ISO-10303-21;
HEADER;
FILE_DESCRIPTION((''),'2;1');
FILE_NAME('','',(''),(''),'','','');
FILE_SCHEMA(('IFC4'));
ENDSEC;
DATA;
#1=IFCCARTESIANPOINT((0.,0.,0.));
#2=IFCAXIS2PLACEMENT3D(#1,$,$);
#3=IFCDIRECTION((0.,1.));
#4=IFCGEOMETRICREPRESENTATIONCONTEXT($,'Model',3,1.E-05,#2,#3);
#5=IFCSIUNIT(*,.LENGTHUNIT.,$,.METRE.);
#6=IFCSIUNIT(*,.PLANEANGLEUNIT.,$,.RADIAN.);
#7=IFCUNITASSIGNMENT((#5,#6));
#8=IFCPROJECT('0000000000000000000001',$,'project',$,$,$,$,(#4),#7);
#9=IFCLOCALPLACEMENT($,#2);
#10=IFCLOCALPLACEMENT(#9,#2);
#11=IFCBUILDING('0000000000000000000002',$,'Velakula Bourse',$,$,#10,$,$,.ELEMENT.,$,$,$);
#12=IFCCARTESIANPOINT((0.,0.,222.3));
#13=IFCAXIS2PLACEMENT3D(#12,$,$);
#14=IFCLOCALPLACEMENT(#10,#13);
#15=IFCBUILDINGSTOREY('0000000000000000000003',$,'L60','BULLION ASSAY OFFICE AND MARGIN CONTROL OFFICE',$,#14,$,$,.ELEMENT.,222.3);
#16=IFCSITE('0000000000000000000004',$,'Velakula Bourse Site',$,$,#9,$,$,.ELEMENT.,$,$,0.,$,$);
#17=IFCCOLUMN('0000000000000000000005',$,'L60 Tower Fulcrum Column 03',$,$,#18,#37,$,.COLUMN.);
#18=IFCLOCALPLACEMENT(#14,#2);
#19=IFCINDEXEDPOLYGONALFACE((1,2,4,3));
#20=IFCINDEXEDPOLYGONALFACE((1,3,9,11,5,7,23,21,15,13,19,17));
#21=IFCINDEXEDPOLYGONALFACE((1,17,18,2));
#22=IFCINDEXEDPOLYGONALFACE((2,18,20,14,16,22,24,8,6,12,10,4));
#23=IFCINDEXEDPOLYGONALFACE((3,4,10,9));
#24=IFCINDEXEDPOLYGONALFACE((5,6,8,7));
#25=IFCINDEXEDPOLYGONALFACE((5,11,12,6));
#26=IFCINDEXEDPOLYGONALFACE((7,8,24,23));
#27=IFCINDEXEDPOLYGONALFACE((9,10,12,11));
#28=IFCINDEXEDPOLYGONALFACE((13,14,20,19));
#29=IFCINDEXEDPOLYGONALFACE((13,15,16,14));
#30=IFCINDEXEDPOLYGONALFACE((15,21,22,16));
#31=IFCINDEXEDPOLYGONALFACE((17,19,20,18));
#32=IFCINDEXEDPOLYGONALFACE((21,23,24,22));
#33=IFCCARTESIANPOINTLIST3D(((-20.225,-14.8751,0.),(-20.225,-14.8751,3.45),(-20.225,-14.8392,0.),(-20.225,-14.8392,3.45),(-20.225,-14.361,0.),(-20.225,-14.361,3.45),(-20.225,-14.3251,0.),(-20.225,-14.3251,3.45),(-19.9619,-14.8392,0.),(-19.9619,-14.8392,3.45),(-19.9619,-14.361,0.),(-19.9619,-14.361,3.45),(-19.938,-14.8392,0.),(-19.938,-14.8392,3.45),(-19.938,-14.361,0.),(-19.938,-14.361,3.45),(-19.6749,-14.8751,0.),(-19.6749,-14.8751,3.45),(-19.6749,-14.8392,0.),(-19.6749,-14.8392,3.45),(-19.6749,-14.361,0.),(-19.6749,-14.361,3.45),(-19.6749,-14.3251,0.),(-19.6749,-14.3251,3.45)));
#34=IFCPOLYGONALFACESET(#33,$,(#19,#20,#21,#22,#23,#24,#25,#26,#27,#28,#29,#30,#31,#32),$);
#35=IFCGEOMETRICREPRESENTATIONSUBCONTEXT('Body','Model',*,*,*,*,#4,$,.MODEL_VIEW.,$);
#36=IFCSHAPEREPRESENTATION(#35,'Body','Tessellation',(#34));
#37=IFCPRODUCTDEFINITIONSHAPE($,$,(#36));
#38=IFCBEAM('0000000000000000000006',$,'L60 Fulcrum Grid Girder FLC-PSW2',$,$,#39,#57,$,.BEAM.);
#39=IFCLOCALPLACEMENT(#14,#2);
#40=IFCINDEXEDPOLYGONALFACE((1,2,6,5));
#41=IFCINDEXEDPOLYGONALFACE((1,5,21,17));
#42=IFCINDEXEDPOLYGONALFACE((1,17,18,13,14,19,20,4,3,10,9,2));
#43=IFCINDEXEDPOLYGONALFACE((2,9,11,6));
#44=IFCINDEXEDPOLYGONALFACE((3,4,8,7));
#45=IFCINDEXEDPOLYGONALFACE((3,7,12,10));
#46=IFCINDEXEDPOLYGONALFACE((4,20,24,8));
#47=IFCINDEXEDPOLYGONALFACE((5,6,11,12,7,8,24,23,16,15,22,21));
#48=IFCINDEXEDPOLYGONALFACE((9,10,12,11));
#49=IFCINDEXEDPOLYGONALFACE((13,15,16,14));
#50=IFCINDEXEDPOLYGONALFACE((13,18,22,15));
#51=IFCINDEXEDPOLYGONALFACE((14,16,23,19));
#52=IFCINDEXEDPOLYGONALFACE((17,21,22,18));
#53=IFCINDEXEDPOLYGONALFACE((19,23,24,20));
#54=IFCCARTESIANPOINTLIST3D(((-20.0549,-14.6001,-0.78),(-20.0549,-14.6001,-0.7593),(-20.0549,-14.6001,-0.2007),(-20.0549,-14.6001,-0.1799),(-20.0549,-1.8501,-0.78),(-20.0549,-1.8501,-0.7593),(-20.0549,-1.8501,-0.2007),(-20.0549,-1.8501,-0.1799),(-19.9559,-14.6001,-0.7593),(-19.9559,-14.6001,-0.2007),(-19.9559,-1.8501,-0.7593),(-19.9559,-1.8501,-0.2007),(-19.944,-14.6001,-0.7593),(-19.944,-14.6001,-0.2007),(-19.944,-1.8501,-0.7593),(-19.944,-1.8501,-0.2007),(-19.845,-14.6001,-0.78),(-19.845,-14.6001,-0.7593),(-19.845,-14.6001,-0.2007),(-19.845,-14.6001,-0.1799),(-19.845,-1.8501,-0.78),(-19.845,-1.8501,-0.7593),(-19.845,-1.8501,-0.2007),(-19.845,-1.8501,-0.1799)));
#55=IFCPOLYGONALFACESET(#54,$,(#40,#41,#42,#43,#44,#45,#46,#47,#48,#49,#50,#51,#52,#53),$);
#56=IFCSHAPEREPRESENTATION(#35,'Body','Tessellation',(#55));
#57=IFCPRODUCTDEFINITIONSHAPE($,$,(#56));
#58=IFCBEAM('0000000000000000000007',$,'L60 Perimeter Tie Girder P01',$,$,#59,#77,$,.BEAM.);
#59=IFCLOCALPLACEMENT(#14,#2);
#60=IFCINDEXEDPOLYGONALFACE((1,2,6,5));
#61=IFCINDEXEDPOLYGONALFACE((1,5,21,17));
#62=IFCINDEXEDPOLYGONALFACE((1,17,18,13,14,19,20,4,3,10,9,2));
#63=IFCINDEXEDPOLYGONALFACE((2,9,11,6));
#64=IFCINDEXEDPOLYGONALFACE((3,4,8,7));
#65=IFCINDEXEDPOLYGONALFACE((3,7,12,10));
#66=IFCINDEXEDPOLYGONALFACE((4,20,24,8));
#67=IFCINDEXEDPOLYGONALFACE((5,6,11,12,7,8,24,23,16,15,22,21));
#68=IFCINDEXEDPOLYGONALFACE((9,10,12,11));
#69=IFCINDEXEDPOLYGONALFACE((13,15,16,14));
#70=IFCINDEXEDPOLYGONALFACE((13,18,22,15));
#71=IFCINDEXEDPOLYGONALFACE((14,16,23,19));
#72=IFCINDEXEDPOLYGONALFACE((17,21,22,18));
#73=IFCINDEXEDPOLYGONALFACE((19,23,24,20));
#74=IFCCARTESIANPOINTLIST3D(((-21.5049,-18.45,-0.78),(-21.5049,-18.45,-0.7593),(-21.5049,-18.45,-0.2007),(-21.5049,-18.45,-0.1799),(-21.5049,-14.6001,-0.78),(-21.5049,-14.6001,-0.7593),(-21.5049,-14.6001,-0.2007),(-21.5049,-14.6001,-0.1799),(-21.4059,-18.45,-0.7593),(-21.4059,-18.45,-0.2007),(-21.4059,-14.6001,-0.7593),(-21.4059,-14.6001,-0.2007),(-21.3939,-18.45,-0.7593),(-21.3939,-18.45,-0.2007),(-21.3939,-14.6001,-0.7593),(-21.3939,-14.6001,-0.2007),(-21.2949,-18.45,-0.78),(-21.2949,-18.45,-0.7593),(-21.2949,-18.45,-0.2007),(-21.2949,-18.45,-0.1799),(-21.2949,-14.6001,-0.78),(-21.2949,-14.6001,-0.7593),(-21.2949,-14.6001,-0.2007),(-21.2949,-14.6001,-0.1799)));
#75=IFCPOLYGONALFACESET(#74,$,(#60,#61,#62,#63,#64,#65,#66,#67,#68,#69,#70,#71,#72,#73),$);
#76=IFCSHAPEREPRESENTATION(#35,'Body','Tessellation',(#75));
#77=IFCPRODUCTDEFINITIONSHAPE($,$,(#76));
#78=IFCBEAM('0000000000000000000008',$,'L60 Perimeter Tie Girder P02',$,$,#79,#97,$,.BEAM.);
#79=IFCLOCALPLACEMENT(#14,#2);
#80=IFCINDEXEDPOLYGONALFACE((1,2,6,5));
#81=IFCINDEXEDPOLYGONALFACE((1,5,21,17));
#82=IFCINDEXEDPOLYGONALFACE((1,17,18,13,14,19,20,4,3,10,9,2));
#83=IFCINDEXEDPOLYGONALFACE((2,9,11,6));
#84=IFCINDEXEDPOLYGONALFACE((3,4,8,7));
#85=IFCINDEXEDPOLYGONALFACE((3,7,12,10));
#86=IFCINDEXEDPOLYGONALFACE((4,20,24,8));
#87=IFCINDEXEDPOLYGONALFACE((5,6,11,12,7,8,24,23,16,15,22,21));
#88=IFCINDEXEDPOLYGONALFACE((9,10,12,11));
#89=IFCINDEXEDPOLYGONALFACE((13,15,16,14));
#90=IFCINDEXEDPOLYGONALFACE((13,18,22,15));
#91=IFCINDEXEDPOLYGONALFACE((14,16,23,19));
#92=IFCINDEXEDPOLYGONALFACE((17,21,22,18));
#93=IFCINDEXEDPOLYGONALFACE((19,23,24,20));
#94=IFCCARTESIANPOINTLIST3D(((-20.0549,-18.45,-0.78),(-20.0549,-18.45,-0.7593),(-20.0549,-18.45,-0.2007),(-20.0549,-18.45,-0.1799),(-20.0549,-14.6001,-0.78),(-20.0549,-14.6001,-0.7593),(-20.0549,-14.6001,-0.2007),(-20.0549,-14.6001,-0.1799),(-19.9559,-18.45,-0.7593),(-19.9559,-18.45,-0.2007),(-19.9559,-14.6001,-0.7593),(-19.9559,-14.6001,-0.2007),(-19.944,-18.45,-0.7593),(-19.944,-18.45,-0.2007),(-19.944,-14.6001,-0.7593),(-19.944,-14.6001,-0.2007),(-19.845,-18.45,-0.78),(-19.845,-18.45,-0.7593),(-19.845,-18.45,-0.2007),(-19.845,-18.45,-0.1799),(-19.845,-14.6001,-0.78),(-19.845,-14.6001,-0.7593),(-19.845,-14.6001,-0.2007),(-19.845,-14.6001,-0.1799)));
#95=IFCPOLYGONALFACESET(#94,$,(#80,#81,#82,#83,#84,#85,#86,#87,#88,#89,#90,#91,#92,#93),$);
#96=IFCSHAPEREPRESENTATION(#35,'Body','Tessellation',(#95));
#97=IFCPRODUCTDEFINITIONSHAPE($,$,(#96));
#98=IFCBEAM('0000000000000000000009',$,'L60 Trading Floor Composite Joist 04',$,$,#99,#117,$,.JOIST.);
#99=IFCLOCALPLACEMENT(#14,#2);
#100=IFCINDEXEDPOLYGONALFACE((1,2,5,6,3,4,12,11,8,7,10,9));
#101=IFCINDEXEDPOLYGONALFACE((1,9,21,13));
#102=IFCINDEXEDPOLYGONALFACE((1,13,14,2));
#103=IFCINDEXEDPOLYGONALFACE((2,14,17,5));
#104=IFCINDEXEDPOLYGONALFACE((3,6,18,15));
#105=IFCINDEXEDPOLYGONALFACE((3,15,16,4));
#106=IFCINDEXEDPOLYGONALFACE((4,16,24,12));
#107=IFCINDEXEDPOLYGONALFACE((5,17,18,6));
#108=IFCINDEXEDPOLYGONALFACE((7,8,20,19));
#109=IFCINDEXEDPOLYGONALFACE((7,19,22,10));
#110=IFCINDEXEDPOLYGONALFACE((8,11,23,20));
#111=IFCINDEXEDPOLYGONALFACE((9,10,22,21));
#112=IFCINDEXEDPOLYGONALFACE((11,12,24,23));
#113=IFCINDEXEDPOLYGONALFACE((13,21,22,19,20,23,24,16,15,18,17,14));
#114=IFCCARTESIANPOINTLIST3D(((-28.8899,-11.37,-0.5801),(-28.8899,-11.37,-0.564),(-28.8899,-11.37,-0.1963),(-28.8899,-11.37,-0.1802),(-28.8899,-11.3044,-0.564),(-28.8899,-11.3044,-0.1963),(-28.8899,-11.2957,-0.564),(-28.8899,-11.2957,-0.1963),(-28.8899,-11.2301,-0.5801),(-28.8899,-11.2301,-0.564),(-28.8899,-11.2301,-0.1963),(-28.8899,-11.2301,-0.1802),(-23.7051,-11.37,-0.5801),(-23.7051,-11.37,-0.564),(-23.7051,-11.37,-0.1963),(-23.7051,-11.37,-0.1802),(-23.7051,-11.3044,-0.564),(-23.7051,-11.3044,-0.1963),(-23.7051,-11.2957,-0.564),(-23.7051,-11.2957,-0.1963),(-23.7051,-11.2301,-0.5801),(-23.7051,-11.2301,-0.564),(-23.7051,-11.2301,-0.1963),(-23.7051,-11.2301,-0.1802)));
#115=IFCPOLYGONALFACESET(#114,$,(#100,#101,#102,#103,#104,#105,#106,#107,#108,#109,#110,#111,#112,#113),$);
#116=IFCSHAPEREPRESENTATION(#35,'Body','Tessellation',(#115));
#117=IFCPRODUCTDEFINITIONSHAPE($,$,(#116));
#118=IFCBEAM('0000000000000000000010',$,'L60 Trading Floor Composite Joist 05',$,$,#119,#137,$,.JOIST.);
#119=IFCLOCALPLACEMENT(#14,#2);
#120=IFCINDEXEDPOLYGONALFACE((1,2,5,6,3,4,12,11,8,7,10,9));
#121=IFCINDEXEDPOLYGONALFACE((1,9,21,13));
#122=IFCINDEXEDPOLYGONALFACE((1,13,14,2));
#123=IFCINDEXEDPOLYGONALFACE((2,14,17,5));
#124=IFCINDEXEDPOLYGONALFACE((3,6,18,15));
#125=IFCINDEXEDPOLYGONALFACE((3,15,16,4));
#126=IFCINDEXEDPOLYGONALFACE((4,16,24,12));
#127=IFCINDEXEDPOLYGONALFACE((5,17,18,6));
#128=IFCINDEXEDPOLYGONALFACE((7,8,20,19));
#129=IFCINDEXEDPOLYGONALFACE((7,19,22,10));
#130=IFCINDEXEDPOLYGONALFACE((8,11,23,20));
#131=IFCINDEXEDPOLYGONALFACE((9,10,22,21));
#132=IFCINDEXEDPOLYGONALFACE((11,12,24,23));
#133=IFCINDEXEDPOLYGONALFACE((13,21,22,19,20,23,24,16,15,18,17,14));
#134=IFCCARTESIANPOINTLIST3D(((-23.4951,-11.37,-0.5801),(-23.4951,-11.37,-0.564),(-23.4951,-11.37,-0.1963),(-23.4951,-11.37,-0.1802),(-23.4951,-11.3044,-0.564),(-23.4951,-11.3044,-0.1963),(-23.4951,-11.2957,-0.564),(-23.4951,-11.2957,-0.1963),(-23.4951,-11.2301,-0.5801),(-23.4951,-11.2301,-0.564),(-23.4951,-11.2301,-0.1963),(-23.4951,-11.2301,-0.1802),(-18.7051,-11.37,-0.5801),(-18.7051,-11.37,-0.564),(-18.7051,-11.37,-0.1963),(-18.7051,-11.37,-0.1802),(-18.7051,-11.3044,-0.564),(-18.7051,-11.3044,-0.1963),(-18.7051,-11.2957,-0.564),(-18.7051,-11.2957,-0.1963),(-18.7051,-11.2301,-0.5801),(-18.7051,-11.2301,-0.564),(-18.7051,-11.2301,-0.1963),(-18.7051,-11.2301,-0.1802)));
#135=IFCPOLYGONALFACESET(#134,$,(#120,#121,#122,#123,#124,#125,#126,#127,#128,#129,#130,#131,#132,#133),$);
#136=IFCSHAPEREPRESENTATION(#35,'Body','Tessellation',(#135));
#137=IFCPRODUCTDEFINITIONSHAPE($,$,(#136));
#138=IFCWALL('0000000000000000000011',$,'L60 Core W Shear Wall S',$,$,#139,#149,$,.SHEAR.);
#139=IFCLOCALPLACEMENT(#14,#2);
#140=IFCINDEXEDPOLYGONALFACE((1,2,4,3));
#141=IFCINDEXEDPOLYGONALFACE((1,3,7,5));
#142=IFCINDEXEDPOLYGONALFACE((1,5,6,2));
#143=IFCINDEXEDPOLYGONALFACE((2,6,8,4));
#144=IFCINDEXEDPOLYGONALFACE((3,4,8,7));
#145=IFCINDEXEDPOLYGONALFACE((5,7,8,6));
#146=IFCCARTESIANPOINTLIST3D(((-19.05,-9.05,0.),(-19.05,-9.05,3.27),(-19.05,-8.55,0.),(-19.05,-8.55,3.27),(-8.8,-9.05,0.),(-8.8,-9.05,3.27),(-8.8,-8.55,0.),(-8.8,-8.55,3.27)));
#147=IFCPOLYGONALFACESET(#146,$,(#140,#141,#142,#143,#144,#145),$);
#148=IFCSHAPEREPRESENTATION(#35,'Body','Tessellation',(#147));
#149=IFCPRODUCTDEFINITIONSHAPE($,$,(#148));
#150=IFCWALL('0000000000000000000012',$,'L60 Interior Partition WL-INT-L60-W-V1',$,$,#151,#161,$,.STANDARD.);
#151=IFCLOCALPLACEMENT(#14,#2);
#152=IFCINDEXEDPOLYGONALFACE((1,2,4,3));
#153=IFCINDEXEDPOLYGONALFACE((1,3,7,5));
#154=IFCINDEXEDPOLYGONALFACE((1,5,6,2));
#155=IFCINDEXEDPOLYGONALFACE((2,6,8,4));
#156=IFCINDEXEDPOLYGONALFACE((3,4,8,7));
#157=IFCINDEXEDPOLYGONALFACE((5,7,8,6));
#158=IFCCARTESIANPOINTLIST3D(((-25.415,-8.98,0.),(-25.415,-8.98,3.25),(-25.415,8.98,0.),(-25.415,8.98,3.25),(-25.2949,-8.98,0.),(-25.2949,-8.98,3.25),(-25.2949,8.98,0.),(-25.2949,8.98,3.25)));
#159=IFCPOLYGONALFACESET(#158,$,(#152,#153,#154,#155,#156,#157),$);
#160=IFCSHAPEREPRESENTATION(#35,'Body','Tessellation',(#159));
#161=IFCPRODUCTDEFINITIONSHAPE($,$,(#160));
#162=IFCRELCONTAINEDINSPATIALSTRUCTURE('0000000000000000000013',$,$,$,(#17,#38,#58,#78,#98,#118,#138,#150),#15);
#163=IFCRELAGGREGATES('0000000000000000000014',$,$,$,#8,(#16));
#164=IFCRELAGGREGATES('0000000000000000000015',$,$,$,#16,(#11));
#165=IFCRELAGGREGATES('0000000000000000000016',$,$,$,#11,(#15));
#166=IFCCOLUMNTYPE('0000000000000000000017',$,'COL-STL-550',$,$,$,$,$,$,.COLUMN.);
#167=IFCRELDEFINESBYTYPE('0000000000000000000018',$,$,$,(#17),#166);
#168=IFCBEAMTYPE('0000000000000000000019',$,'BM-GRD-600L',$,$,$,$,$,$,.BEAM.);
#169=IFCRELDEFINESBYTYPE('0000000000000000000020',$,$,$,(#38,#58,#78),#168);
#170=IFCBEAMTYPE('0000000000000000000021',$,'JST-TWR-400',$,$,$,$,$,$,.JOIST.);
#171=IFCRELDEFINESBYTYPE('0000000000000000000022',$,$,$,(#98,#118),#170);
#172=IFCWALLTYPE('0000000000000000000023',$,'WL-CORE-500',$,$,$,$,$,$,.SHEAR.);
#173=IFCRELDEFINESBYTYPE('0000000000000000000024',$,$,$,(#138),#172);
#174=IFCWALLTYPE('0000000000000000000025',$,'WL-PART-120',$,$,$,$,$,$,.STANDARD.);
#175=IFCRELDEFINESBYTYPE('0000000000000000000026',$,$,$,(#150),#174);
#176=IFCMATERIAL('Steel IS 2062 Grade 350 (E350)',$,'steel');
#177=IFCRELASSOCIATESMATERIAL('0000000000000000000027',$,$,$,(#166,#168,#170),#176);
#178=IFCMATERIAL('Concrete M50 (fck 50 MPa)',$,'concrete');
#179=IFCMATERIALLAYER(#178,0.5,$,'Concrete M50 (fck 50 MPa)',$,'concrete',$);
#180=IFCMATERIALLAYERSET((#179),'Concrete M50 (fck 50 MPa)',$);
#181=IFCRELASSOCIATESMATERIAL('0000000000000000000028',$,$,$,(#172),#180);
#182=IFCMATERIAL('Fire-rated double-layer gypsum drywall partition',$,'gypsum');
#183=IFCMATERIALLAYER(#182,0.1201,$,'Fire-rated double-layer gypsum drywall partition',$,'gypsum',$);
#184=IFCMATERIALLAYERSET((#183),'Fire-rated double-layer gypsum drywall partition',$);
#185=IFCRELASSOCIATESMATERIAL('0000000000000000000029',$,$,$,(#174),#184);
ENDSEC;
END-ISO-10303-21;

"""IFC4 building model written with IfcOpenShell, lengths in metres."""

from ifc_helpers import new_model, si_unit, direction, frame, frame_2d, origin, origin_2d, place, context, subcontext, project, spatial, rectangle, i_section, extrude, material, layer, layer_set, material_profile, profile_set, type_object, element, save


model = new_model("IFC4")

# Units and contexts
model_context = context("Model", 3, precision=1e-05, world=origin(), true_north=direction((0.0, 1.0)))
body_context = subcontext(model_context, "Body", "Model", "MODEL_VIEW")
ifc_project = project(units=[si_unit("LENGTHUNIT", "METRE"), si_unit("PLANEANGLEUNIT", "RADIAN")], contexts=[model_context])

# Site, building, storey
site_placement = place(None, origin())
site = spatial("IfcSite", under=ifc_project, at=site_placement, Name="Velakula Bourse Site", CompositionType="ELEMENT", RefElevation=0.0)
building_placement = place(site_placement, origin())
building = spatial("IfcBuilding", under=site, at=building_placement, Name="Velakula Bourse", CompositionType="ELEMENT")
storey_placement = place(building_placement, frame((0.0, 0.0, 222.3)))
storey = spatial("IfcBuildingStorey", under=building, at=storey_placement, Name="L60", Description="BULLION ASSAY OFFICE AND MARGIN CONTROL OFFICE", CompositionType="ELEMENT", Elevation=222.3)

# Column
ifc_material_1 = material(Name="Steel IS 2062 Grade 350 (E350)", Category="steel")
ifc_material_profile_1 = material_profile(ifc_material_1, i_section(OverallWidth=0.55, OverallDepth=0.55, WebThickness=0.0239, FlangeThickness=0.0359, at=origin_2d()), Name="Steel IS 2062 Grade 350 (E350)")
ifc_profile_set_1 = profile_set([ifc_material_profile_1], Name="Steel IS 2062 Grade 350 (E350)")
column_type = type_object("IfcColumnType", Name="COL-STL-550", PredefinedType="COLUMN", material=ifc_profile_set_1)
column_placement = place(storey_placement, frame((-19.95, -14.6001, 0.0), z_axis=(0.0, 0.0, 1.0), x_axis=(1.0, 0.0, 0.0)))
element("IfcColumn", 1, at=column_placement, inside=storey, type_object=column_type, Name="L60 Tower Fulcrum Column 03", PredefinedType="COLUMN", context=body_context, shape_type="SweptSolid", body=[
    extrude(i_section(OverallWidth=0.55, OverallDepth=0.55, WebThickness=0.0239, FlangeThickness=0.0359, at=origin_2d()), origin(), (0.0, 0.0, 1.0), 3.45),
])

# Beams
ifc_material_profile_2 = material_profile(ifc_material_1, i_section(OverallWidth=0.21, OverallDepth=0.6001, WebThickness=0.012, FlangeThickness=0.0208, at=origin_2d()), Name="Steel IS 2062 Grade 350 (E350)")
ifc_profile_set_2 = profile_set([ifc_material_profile_2], Name="Steel IS 2062 Grade 350 (E350)")
beam_type_1 = type_object("IfcBeamType", Name="BM-GRD-600L", PredefinedType="BEAM", material=ifc_profile_set_2)
beam_1_placement = place(storey_placement, frame((-19.95, -14.6001, -0.48), z_axis=(0.0, 1.0, 0.0), x_axis=(-1.0, 0.0, 0.0)))
element("IfcBeam", 2, at=beam_1_placement, inside=storey, type_object=beam_type_1, Name="L60 Fulcrum Grid Girder FLC-PSW2", PredefinedType="BEAM", context=body_context, shape_type="SweptSolid", body=[
    extrude(i_section(OverallWidth=0.21, OverallDepth=0.6001, WebThickness=0.012, FlangeThickness=0.0208, at=origin_2d()), origin(), (0.0, 0.0, 1.0), 12.75),
])
for number, where, z_axis, x_axis, name in (
    (3, (-21.3999, -14.6001, -0.48), (0.0, -1.0, 0.0), (1.0, 0.0, 0.0), "L60 Perimeter Tie Girder P01"),
    (4, (-19.95, -14.6001, -0.48), (0.0, -1.0, 0.0), (1.0, 0.0, 0.0), "L60 Perimeter Tie Girder P02"),
):
    element("IfcBeam", number, at=place(storey_placement, frame(where, z_axis=z_axis, x_axis=x_axis)), inside=storey, type_object=beam_type_1, Name=name, PredefinedType="BEAM", context=body_context, shape_type="SweptSolid", body=[
        extrude(i_section(OverallWidth=0.21, OverallDepth=0.6001, WebThickness=0.012, FlangeThickness=0.0208, at=origin_2d()), origin(), (0.0, 0.0, 1.0), 3.8499),
    ])
ifc_material_profile_3 = material_profile(ifc_material_1, i_section(OverallWidth=0.1399, OverallDepth=0.3999, WebThickness=0.0088, FlangeThickness=0.0161, at=origin_2d()), Name="Steel IS 2062 Grade 350 (E350)")
ifc_profile_set_3 = profile_set([ifc_material_profile_3], Name="Steel IS 2062 Grade 350 (E350)")
beam_type_2 = type_object("IfcBeamType", Name="JST-TWR-400", PredefinedType="JOIST", material=ifc_profile_set_3)
beam_2_placement = place(storey_placement, frame((-28.8899, -11.3, -0.3801), z_axis=(1.0, 0.0, 0.0), x_axis=(0.0, 1.0, 0.0)))
element("IfcBeam", 5, at=beam_2_placement, inside=storey, type_object=beam_type_2, Name="L60 Trading Floor Composite Joist 04", PredefinedType="JOIST", context=body_context, shape_type="SweptSolid", body=[
    extrude(i_section(OverallWidth=0.1399, OverallDepth=0.3999, WebThickness=0.0088, FlangeThickness=0.0161, at=origin_2d()), origin(), (0.0, 0.0, 1.0), 5.1848),
])
beam_3_placement = place(storey_placement, frame((-23.4951, -11.3, -0.3801), z_axis=(1.0, 0.0, 0.0), x_axis=(0.0, 1.0, 0.0)))
element("IfcBeam", 6, at=beam_3_placement, inside=storey, type_object=beam_type_2, Name="L60 Trading Floor Composite Joist 05", PredefinedType="JOIST", context=body_context, shape_type="SweptSolid", body=[
    extrude(i_section(OverallWidth=0.1399, OverallDepth=0.3999, WebThickness=0.0088, FlangeThickness=0.0161, at=origin_2d()), origin(), (0.0, 0.0, 1.0), 4.79),
])

# Walls
ifc_material_2 = material(Name="Concrete M50 (fck 50 MPa)", Category="concrete")
ifc_layer_1 = layer(ifc_material_2, 0.5, Name="Concrete M50 (fck 50 MPa)", Category="concrete")
ifc_layer_set_1 = layer_set([ifc_layer_1], Name="Concrete M50 (fck 50 MPa)")
wall_type_1 = type_object("IfcWallType", Name="WL-CORE-500", PredefinedType="SHEAR", material=ifc_layer_set_1)
wall_1_placement = place(storey_placement, frame((-19.05, -8.8, 0.0), z_axis=(0.0, 0.0, 1.0), x_axis=(1.0, 0.0, 0.0)))
element("IfcWall", 7, at=wall_1_placement, inside=storey, type_object=wall_type_1, Name="L60 Core W Shear Wall S", PredefinedType="SHEAR", context=body_context, shape_type="SweptSolid", body=[
    extrude(rectangle(XDim=10.25, YDim=0.5, at=frame_2d((5.125, 0.0))), origin(), (0.0, 0.0, 1.0), 3.27),
])
ifc_material_3 = material(Name="Fire-rated double-layer gypsum drywall partition", Category="gypsum")
ifc_layer_2 = layer(ifc_material_3, 0.1201, Name="Fire-rated double-layer gypsum drywall partition", Category="gypsum")
ifc_layer_set_2 = layer_set([ifc_layer_2], Name="Fire-rated double-layer gypsum drywall partition")
wall_type_2 = type_object("IfcWallType", Name="WL-PART-120", PredefinedType="STANDARD", material=ifc_layer_set_2)
wall_2_placement = place(storey_placement, frame((-25.355, -8.98, 0.0), z_axis=(0.0, 0.0, 1.0), x_axis=(0.0, 1.0, 0.0)))
element("IfcWall", 8, at=wall_2_placement, inside=storey, type_object=wall_type_2, Name="L60 Interior Partition WL-INT-L60-W-V1", PredefinedType="STANDARD", context=body_context, shape_type="SweptSolid", body=[
    extrude(rectangle(XDim=17.96, YDim=0.1201, at=frame_2d((8.98, 0.0))), origin(), (0.0, 0.0, 1.0), 3.25),
])

save(model, "model.ifc")
